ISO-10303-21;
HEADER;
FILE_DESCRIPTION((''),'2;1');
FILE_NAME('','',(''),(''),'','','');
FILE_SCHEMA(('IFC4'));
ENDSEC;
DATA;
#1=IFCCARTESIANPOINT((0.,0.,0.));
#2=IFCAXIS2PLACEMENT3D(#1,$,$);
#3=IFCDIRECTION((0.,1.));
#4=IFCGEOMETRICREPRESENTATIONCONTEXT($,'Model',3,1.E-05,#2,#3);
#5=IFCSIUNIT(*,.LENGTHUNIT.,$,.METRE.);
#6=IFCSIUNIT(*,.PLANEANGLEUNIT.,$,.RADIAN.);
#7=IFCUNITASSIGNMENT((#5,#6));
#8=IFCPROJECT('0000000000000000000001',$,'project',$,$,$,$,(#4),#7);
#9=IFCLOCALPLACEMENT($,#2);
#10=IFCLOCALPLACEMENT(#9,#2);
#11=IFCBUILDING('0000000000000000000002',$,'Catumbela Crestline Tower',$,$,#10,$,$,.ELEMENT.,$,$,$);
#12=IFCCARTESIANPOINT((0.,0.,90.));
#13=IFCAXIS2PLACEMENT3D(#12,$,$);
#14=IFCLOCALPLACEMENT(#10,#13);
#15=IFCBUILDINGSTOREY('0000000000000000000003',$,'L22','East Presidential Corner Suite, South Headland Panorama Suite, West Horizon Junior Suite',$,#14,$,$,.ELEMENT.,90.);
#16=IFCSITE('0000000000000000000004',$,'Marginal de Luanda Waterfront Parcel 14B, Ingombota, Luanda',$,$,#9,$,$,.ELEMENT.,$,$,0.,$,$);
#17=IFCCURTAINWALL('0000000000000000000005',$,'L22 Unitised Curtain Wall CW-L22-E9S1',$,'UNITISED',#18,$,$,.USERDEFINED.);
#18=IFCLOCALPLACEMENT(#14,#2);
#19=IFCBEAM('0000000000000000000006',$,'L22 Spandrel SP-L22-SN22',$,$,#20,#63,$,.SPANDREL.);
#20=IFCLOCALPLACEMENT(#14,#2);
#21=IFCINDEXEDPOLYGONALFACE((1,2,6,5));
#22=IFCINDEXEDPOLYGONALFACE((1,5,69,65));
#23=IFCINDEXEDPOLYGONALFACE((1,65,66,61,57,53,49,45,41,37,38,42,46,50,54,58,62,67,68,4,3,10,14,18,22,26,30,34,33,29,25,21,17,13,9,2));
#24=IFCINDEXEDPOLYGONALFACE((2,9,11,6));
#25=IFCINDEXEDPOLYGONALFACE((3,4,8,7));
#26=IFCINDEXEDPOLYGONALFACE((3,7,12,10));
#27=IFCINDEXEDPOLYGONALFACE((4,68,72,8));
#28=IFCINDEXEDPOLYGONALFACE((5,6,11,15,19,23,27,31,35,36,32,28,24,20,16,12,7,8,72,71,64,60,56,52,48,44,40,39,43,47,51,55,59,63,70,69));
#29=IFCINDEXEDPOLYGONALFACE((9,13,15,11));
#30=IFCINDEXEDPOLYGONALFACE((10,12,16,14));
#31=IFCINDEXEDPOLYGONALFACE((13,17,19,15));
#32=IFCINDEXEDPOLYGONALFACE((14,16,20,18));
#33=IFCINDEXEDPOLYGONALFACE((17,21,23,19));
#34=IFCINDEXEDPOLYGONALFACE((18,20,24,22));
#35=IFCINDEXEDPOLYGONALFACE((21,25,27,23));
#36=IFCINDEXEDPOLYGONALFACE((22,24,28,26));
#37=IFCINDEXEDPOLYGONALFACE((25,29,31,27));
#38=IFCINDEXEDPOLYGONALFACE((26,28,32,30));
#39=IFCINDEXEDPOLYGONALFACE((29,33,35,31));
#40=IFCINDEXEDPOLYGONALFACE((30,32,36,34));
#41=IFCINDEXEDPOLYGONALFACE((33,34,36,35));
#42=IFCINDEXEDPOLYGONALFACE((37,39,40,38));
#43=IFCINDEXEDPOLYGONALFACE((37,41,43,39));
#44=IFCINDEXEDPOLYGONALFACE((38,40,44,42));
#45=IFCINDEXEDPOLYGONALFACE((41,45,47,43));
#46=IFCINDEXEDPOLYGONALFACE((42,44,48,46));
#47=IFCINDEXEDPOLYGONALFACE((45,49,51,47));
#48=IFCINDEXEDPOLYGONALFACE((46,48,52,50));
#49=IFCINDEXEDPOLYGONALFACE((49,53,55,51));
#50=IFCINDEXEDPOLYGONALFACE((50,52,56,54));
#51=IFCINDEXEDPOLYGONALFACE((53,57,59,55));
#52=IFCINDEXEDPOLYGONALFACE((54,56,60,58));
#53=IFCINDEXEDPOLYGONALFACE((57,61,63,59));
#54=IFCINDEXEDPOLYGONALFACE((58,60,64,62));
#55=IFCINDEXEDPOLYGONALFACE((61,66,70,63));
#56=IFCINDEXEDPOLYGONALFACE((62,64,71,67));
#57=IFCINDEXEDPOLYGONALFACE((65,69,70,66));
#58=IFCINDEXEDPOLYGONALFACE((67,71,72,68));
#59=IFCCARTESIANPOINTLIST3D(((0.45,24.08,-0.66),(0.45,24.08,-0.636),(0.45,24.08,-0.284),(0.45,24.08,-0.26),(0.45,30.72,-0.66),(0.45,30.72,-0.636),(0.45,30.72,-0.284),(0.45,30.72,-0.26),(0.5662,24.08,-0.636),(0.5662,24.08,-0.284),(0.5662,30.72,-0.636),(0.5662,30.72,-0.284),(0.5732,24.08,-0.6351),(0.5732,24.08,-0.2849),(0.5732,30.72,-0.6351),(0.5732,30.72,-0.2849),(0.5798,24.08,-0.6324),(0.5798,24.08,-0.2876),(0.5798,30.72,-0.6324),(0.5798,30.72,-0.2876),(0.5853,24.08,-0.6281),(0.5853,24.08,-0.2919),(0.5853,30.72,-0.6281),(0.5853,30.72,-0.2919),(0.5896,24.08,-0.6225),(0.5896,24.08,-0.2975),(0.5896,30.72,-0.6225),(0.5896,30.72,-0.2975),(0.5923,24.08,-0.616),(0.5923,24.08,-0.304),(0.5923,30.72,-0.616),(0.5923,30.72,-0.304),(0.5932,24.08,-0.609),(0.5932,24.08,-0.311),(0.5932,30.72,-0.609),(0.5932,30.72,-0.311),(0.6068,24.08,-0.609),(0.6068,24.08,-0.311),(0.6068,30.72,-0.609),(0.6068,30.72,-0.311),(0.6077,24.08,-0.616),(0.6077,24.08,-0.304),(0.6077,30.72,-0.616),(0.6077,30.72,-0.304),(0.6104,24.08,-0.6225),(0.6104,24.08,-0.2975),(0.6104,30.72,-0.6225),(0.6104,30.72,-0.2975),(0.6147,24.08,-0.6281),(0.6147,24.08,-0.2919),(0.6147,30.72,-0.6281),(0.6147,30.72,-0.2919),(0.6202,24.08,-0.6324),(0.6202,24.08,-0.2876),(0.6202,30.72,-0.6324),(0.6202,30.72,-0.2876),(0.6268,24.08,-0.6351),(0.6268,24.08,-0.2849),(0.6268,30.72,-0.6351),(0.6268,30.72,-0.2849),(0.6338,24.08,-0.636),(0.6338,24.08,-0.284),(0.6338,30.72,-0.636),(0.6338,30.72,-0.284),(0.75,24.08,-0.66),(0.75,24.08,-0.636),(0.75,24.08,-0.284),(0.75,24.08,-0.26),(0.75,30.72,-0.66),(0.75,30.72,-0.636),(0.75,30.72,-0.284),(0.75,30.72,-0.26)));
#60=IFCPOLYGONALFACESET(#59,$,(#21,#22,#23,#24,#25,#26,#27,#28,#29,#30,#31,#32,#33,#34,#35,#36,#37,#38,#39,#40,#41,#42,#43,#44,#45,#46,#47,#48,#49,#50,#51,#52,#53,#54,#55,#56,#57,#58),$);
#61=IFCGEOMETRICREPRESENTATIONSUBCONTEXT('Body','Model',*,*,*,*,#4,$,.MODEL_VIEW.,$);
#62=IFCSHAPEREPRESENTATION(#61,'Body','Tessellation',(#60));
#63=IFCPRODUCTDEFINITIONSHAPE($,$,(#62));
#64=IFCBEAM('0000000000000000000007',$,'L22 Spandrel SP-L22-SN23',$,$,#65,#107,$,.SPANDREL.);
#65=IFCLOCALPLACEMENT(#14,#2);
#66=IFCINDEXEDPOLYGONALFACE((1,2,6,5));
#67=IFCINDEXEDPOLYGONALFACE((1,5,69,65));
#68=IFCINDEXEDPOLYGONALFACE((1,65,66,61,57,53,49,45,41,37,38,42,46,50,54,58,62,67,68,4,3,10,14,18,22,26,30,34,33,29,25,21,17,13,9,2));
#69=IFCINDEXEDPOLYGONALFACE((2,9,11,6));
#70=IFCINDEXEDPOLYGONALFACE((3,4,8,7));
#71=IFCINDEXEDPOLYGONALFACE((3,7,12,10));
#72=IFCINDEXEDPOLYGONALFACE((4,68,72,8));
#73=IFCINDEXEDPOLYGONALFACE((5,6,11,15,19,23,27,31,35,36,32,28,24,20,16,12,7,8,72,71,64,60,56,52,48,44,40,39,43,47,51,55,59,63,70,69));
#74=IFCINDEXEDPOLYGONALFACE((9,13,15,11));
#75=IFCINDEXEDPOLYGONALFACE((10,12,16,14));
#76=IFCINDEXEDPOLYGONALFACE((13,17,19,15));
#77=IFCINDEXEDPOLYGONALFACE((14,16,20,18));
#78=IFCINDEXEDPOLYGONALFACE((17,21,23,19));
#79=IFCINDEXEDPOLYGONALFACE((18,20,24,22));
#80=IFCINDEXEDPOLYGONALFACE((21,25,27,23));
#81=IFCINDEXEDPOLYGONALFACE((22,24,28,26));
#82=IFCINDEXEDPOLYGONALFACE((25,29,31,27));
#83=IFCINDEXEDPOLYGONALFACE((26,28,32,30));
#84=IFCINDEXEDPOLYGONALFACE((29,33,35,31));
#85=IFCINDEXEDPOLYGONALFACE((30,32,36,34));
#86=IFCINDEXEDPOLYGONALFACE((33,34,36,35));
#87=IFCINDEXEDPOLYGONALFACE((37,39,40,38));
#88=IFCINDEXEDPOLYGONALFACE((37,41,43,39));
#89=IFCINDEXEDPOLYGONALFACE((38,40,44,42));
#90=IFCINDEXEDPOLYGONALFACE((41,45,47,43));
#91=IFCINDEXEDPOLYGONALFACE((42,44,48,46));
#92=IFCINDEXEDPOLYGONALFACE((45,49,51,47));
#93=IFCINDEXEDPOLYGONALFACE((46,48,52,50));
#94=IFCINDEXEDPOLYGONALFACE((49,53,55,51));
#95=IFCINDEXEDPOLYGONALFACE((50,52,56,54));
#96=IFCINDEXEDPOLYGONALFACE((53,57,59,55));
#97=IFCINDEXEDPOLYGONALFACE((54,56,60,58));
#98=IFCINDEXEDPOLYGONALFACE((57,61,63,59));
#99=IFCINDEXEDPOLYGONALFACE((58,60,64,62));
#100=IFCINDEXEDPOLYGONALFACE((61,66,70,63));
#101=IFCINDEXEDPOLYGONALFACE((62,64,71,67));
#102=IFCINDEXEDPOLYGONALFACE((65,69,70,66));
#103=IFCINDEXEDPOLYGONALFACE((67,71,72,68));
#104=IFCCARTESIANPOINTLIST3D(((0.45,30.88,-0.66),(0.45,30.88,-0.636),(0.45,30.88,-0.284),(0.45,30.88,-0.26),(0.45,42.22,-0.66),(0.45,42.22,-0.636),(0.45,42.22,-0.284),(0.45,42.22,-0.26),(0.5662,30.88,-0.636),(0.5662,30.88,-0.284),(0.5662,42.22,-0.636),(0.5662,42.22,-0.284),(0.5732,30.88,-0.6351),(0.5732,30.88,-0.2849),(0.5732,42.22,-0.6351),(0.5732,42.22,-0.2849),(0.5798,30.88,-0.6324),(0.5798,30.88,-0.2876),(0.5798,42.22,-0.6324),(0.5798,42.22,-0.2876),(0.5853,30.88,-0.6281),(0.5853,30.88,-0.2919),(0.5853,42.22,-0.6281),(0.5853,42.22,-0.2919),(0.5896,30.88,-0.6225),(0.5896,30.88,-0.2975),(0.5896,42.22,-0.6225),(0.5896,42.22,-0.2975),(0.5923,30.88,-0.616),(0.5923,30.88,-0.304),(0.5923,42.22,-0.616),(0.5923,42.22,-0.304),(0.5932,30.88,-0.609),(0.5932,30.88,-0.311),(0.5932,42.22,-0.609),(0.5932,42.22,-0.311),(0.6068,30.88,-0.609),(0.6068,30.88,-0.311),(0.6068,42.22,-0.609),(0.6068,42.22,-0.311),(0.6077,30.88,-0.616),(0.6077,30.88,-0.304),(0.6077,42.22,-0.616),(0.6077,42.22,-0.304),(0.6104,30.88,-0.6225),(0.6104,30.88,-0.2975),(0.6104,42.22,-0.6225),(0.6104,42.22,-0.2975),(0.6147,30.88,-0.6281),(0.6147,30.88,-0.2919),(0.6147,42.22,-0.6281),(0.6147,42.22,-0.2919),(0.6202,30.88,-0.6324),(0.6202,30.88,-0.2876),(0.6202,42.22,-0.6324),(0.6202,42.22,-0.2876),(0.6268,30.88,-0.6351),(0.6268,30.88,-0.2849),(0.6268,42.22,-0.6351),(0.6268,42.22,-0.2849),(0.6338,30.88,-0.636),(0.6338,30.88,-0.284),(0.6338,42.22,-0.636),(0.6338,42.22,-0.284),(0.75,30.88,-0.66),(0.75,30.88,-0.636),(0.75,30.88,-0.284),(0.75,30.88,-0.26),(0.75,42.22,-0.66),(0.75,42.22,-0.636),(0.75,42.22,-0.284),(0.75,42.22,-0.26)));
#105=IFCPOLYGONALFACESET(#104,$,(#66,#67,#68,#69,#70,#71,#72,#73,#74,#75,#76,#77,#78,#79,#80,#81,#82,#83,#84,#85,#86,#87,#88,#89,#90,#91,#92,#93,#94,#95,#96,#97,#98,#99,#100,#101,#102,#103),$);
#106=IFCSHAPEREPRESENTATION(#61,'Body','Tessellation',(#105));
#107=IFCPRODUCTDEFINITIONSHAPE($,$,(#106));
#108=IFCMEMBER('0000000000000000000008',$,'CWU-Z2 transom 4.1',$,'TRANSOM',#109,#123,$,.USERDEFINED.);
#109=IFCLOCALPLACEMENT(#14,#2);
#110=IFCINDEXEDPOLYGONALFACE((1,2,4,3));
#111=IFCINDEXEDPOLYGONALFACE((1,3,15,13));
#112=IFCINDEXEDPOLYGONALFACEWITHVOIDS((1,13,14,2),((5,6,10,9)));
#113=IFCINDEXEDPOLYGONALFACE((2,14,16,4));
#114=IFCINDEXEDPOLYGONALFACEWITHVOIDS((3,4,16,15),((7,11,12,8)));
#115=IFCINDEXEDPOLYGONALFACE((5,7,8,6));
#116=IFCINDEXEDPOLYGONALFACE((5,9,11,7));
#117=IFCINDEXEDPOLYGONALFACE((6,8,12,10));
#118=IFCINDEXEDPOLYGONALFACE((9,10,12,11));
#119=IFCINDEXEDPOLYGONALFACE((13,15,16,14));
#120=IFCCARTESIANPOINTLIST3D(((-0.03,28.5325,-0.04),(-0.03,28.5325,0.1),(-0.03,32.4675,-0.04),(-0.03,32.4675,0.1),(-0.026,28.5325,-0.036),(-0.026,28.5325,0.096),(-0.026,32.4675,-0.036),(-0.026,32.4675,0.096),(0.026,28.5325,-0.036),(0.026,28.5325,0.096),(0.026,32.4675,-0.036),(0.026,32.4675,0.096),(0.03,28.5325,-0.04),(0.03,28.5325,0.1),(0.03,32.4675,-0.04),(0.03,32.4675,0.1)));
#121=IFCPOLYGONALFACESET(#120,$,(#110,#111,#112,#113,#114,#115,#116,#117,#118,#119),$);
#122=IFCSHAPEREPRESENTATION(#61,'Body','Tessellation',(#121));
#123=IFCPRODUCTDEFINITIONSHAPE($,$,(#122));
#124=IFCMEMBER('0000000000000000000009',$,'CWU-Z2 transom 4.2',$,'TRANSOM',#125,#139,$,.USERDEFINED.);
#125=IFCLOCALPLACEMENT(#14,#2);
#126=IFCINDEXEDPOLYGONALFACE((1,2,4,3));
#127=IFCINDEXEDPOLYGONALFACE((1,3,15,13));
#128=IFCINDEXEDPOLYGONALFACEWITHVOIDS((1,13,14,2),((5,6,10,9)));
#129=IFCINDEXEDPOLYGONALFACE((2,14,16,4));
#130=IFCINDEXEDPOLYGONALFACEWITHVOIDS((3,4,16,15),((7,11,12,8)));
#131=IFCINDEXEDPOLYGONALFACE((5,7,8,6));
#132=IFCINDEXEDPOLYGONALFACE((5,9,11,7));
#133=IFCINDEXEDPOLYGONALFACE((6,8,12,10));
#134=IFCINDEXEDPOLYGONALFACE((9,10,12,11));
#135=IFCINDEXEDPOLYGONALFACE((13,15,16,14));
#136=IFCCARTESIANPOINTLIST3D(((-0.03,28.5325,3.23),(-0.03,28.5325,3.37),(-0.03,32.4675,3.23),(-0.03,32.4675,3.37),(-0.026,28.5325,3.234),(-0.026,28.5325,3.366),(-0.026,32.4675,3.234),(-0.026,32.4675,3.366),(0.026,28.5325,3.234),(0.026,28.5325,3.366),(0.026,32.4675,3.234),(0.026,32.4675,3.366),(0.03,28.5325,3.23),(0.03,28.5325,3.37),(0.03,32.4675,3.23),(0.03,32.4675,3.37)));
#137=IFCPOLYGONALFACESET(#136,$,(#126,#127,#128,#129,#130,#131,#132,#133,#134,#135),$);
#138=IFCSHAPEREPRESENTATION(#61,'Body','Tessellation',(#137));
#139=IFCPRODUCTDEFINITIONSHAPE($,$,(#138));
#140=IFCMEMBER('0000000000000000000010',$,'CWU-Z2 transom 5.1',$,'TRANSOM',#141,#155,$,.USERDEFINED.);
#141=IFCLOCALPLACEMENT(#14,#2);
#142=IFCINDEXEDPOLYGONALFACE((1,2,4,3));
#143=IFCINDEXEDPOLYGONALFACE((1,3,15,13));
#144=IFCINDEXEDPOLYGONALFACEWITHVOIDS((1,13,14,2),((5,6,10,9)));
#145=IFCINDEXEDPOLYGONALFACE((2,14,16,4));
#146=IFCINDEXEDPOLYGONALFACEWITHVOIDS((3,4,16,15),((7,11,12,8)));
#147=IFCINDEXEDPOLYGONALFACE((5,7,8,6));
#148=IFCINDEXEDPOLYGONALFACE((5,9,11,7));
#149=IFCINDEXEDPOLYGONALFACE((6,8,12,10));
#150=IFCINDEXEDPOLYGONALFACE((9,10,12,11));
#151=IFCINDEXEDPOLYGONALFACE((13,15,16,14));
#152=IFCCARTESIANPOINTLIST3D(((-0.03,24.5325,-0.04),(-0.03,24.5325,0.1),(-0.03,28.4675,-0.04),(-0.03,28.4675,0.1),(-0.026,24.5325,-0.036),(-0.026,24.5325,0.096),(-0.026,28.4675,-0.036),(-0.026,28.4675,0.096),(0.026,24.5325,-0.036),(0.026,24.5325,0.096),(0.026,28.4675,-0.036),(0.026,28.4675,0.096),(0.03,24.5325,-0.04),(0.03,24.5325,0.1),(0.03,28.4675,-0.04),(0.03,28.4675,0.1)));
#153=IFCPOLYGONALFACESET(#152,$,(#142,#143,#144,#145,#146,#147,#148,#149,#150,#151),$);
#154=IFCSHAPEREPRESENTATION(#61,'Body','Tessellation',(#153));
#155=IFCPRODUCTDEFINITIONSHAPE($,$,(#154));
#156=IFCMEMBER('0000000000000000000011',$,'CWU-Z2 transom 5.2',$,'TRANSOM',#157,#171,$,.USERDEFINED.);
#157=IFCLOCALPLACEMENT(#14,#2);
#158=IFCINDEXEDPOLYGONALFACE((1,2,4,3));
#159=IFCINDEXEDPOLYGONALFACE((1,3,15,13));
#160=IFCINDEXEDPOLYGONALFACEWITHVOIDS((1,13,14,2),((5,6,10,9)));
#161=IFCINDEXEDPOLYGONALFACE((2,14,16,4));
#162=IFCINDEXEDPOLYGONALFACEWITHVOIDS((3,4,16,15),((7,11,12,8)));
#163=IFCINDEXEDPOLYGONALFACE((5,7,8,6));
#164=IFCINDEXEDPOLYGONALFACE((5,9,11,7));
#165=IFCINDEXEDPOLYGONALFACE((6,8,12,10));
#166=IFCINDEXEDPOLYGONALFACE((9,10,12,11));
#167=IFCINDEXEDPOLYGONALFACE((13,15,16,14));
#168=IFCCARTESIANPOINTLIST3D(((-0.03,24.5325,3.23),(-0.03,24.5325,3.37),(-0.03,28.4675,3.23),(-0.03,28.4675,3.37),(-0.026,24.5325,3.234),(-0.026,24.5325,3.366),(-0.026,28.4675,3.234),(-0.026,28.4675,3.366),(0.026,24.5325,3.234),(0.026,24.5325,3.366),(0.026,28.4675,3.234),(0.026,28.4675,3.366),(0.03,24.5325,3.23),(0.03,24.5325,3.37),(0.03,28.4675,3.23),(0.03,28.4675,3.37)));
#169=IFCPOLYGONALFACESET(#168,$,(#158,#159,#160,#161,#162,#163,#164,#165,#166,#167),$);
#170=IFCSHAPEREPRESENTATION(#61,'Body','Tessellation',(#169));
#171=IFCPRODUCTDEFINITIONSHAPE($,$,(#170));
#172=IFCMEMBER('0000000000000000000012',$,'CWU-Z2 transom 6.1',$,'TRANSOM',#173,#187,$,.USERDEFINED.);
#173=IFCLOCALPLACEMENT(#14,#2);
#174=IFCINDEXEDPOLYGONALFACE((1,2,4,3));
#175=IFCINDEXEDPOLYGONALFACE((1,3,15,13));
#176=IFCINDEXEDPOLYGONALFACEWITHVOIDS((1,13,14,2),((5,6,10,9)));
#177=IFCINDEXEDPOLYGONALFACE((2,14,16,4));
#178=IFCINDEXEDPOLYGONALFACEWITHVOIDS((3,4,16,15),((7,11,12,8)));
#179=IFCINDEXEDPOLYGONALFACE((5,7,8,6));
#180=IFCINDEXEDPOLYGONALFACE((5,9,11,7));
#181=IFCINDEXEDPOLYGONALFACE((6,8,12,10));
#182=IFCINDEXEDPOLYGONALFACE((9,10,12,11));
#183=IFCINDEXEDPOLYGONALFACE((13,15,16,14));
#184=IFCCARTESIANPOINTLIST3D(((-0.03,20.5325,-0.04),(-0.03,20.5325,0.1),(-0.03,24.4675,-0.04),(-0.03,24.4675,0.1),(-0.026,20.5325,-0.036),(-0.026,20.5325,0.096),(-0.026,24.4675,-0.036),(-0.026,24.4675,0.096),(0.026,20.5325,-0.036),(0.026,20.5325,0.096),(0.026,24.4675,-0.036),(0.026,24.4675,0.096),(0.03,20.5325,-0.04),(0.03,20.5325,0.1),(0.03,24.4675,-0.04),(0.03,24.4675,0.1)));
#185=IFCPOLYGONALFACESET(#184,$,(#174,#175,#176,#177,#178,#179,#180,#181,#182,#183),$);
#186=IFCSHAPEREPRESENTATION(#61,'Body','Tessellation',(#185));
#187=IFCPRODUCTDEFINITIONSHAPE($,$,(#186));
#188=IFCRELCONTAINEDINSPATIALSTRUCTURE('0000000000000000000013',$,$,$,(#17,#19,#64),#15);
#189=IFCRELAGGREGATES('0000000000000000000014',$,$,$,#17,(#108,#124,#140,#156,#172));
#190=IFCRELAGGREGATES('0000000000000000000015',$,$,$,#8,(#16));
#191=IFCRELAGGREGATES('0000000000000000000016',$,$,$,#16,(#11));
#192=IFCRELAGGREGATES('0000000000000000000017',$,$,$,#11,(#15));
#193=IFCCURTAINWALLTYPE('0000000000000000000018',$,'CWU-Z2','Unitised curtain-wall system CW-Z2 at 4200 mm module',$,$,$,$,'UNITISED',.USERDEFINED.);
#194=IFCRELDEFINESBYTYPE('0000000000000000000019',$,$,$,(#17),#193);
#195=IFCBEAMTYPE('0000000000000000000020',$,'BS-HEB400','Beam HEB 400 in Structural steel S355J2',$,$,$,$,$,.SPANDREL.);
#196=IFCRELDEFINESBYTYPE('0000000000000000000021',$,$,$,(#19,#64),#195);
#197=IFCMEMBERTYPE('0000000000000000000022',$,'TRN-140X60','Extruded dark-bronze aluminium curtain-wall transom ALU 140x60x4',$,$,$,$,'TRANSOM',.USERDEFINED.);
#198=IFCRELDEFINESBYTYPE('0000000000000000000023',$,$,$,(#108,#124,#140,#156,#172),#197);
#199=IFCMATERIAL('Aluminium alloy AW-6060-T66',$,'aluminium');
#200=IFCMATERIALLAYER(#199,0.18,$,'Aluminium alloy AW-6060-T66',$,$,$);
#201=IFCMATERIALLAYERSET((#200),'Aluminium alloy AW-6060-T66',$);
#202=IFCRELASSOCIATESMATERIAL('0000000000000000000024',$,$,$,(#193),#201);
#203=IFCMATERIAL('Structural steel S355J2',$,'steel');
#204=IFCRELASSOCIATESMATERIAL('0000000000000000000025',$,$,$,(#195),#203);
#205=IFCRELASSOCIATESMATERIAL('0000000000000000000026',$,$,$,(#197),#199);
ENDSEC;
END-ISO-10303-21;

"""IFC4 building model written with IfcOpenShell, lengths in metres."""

from ifc_helpers import new_model, si_unit, direction, frame, origin, origin_2d, place, context, subcontext, project, spatial, hollow_rectangle, i_section, extrude, material, layer, layer_set, material_profile, profile_set, type_object, element, aggregate, save


model = new_model("IFC4")

# Units and contexts
model_context = context("Model", 3, precision=1e-05, world=origin(), true_north=direction((0.0, 1.0)))
body_context = subcontext(model_context, "Body", "Model", "MODEL_VIEW")
ifc_project = project(units=[si_unit("LENGTHUNIT", "METRE"), si_unit("PLANEANGLEUNIT", "RADIAN")], contexts=[model_context])

# Site, building, storey
site_placement = place(None, origin())
site = spatial("IfcSite", under=ifc_project, at=site_placement, Name="Marginal de Luanda Waterfront Parcel 14B, Ingombota, Luanda", CompositionType="ELEMENT", RefElevation=0.0)
building_placement = place(site_placement, origin())
building = spatial("IfcBuilding", under=site, at=building_placement, Name="Catumbela Crestline Tower", CompositionType="ELEMENT")
storey_placement = place(building_placement, frame((0.0, 0.0, 90.0)))
storey = spatial("IfcBuildingStorey", under=building, at=storey_placement, Name="L22", Description="East Presidential Corner Suite, South Headland Panorama Suite, West Horizon Junior Suite", CompositionType="ELEMENT", Elevation=90.0)

# Shared definitions
ifc_material_1 = material(Name="Structural steel S355J2", Category="steel")

# Curtain wall
ifc_material_2 = material(Name="Aluminium alloy AW-6060-T66", Category="aluminium")
ifc_layer_1 = layer(ifc_material_2, 0.18, Name="Aluminium alloy AW-6060-T66")
ifc_layer_set_1 = layer_set([ifc_layer_1], Name="Aluminium alloy AW-6060-T66")
curtain_wall_type = type_object("IfcCurtainWallType", Name="CWU-Z2", Description="Unitised curtain-wall system CW-Z2 at 4200 mm module", ElementType="UNITISED", PredefinedType="USERDEFINED", material=ifc_layer_set_1)
curtain_wall_placement = place(storey_placement, origin())
curtain_wall = element("IfcCurtainWall", 1, at=curtain_wall_placement, inside=storey, type_object=curtain_wall_type, Name="L22 Unitised Curtain Wall CW-L22-E9S1", ObjectType="UNITISED", PredefinedType="USERDEFINED")

# Beams
ifc_material_profile_1 = material_profile(ifc_material_1, i_section(OverallWidth=0.3, OverallDepth=0.4, WebThickness=0.0135, FlangeThickness=0.024, FilletRadius=0.027, at=origin_2d()), Name="HEB 400")
ifc_profile_set_1 = profile_set([ifc_material_profile_1], Name="Structural steel S355J2")
beam_type_1 = type_object("IfcBeamType", Name="BS-HEB400", Description="Beam HEB 400 in Structural steel S355J2", PredefinedType="SPANDREL", material=ifc_profile_set_1)
beam_1_placement = place(storey_placement, frame((0.6, 24.08, -0.46), z_axis=(0.0, 1.0, 0.0), x_axis=(-1.0, 0.0, 0.0)))
element("IfcBeam", 2, at=beam_1_placement, inside=storey, type_object=beam_type_1, Name="L22 Spandrel SP-L22-SN22", PredefinedType="SPANDREL", context=body_context, shape_type="SweptSolid", body=[
    extrude(i_section(OverallWidth=0.3, OverallDepth=0.4, WebThickness=0.0135, FlangeThickness=0.024, FilletRadius=0.027, at=origin_2d()), origin(), (0.0, 0.0, 1.0), 6.64),
])
beam_2_placement = place(storey_placement, frame((0.6, 30.88, -0.46), z_axis=(0.0, 1.0, 0.0), x_axis=(-1.0, 0.0, 0.0)))
element("IfcBeam", 3, at=beam_2_placement, inside=storey, type_object=beam_type_1, Name="L22 Spandrel SP-L22-SN23", PredefinedType="SPANDREL", context=body_context, shape_type="SweptSolid", body=[
    extrude(i_section(OverallWidth=0.3, OverallDepth=0.4, WebThickness=0.0135, FlangeThickness=0.024, FilletRadius=0.027, at=origin_2d()), origin(), (0.0, 0.0, 1.0), 11.34),
])

# Members
ifc_material_profile_2 = material_profile(ifc_material_2, hollow_rectangle(XDim=0.06, YDim=0.14, WallThickness=0.004, at=origin_2d()), Name="ALU 140x60x4")
ifc_profile_set_2 = profile_set([ifc_material_profile_2], Name="Aluminium alloy AW-6060-T66")
member_type_1 = type_object("IfcMemberType", Name="TRN-140X60", Description="Extruded dark-bronze aluminium curtain-wall transom ALU 140x60x4", ElementType="TRANSOM", PredefinedType="USERDEFINED", material=ifc_profile_set_2)
member_1_placement = place(storey_placement, frame((0.0, 32.4675, 0.03), z_axis=(0.0, -1.0, 0.0), x_axis=(1.0, 0.0, 0.0)))
member_1 = element("IfcMember", 4, at=member_1_placement, type_object=member_type_1, Name="CWU-Z2 transom 4.1", ObjectType="TRANSOM", PredefinedType="USERDEFINED", context=body_context, shape_type="SweptSolid", body=[
    extrude(hollow_rectangle(XDim=0.06, YDim=0.14, WallThickness=0.004, at=origin_2d()), origin(), (0.0, 0.0, 1.0), 3.935),
])
member_2_placement = place(storey_placement, frame((0.0, 32.4675, 3.3), z_axis=(0.0, -1.0, 0.0), x_axis=(1.0, 0.0, 0.0)))
member_2 = element("IfcMember", 5, at=member_2_placement, type_object=member_type_1, Name="CWU-Z2 transom 4.2", ObjectType="TRANSOM", PredefinedType="USERDEFINED", context=body_context, shape_type="SweptSolid", body=[
    extrude(hollow_rectangle(XDim=0.06, YDim=0.14, WallThickness=0.004, at=origin_2d()), origin(), (0.0, 0.0, 1.0), 3.935),
])
member_3_placement = place(storey_placement, frame((0.0, 28.4675, 0.03), z_axis=(0.0, -1.0, 0.0), x_axis=(1.0, 0.0, 0.0)))
member_3 = element("IfcMember", 6, at=member_3_placement, type_object=member_type_1, Name="CWU-Z2 transom 5.1", ObjectType="TRANSOM", PredefinedType="USERDEFINED", context=body_context, shape_type="SweptSolid", body=[
    extrude(hollow_rectangle(XDim=0.06, YDim=0.14, WallThickness=0.004, at=origin_2d()), origin(), (0.0, 0.0, 1.0), 3.935),
])
member_4_placement = place(storey_placement, frame((0.0, 28.4675, 3.3), z_axis=(0.0, -1.0, 0.0), x_axis=(1.0, 0.0, 0.0)))
member_4 = element("IfcMember", 7, at=member_4_placement, type_object=member_type_1, Name="CWU-Z2 transom 5.2", ObjectType="TRANSOM", PredefinedType="USERDEFINED", context=body_context, shape_type="SweptSolid", body=[
    extrude(hollow_rectangle(XDim=0.06, YDim=0.14, WallThickness=0.004, at=origin_2d()), origin(), (0.0, 0.0, 1.0), 3.935),
])
member_5_placement = place(storey_placement, frame((0.0, 24.4675, 0.03), z_axis=(0.0, -1.0, 0.0), x_axis=(1.0, 0.0, 0.0)))
member_5 = element("IfcMember", 8, at=member_5_placement, type_object=member_type_1, Name="CWU-Z2 transom 6.1", ObjectType="TRANSOM", PredefinedType="USERDEFINED", context=body_context, shape_type="SweptSolid", body=[
    extrude(hollow_rectangle(XDim=0.06, YDim=0.14, WallThickness=0.004, at=origin_2d()), origin(), (0.0, 0.0, 1.0), 3.935),
])

aggregate(curtain_wall, [member_1, member_2, member_3, member_4, member_5])

save(model, "model.ifc")
